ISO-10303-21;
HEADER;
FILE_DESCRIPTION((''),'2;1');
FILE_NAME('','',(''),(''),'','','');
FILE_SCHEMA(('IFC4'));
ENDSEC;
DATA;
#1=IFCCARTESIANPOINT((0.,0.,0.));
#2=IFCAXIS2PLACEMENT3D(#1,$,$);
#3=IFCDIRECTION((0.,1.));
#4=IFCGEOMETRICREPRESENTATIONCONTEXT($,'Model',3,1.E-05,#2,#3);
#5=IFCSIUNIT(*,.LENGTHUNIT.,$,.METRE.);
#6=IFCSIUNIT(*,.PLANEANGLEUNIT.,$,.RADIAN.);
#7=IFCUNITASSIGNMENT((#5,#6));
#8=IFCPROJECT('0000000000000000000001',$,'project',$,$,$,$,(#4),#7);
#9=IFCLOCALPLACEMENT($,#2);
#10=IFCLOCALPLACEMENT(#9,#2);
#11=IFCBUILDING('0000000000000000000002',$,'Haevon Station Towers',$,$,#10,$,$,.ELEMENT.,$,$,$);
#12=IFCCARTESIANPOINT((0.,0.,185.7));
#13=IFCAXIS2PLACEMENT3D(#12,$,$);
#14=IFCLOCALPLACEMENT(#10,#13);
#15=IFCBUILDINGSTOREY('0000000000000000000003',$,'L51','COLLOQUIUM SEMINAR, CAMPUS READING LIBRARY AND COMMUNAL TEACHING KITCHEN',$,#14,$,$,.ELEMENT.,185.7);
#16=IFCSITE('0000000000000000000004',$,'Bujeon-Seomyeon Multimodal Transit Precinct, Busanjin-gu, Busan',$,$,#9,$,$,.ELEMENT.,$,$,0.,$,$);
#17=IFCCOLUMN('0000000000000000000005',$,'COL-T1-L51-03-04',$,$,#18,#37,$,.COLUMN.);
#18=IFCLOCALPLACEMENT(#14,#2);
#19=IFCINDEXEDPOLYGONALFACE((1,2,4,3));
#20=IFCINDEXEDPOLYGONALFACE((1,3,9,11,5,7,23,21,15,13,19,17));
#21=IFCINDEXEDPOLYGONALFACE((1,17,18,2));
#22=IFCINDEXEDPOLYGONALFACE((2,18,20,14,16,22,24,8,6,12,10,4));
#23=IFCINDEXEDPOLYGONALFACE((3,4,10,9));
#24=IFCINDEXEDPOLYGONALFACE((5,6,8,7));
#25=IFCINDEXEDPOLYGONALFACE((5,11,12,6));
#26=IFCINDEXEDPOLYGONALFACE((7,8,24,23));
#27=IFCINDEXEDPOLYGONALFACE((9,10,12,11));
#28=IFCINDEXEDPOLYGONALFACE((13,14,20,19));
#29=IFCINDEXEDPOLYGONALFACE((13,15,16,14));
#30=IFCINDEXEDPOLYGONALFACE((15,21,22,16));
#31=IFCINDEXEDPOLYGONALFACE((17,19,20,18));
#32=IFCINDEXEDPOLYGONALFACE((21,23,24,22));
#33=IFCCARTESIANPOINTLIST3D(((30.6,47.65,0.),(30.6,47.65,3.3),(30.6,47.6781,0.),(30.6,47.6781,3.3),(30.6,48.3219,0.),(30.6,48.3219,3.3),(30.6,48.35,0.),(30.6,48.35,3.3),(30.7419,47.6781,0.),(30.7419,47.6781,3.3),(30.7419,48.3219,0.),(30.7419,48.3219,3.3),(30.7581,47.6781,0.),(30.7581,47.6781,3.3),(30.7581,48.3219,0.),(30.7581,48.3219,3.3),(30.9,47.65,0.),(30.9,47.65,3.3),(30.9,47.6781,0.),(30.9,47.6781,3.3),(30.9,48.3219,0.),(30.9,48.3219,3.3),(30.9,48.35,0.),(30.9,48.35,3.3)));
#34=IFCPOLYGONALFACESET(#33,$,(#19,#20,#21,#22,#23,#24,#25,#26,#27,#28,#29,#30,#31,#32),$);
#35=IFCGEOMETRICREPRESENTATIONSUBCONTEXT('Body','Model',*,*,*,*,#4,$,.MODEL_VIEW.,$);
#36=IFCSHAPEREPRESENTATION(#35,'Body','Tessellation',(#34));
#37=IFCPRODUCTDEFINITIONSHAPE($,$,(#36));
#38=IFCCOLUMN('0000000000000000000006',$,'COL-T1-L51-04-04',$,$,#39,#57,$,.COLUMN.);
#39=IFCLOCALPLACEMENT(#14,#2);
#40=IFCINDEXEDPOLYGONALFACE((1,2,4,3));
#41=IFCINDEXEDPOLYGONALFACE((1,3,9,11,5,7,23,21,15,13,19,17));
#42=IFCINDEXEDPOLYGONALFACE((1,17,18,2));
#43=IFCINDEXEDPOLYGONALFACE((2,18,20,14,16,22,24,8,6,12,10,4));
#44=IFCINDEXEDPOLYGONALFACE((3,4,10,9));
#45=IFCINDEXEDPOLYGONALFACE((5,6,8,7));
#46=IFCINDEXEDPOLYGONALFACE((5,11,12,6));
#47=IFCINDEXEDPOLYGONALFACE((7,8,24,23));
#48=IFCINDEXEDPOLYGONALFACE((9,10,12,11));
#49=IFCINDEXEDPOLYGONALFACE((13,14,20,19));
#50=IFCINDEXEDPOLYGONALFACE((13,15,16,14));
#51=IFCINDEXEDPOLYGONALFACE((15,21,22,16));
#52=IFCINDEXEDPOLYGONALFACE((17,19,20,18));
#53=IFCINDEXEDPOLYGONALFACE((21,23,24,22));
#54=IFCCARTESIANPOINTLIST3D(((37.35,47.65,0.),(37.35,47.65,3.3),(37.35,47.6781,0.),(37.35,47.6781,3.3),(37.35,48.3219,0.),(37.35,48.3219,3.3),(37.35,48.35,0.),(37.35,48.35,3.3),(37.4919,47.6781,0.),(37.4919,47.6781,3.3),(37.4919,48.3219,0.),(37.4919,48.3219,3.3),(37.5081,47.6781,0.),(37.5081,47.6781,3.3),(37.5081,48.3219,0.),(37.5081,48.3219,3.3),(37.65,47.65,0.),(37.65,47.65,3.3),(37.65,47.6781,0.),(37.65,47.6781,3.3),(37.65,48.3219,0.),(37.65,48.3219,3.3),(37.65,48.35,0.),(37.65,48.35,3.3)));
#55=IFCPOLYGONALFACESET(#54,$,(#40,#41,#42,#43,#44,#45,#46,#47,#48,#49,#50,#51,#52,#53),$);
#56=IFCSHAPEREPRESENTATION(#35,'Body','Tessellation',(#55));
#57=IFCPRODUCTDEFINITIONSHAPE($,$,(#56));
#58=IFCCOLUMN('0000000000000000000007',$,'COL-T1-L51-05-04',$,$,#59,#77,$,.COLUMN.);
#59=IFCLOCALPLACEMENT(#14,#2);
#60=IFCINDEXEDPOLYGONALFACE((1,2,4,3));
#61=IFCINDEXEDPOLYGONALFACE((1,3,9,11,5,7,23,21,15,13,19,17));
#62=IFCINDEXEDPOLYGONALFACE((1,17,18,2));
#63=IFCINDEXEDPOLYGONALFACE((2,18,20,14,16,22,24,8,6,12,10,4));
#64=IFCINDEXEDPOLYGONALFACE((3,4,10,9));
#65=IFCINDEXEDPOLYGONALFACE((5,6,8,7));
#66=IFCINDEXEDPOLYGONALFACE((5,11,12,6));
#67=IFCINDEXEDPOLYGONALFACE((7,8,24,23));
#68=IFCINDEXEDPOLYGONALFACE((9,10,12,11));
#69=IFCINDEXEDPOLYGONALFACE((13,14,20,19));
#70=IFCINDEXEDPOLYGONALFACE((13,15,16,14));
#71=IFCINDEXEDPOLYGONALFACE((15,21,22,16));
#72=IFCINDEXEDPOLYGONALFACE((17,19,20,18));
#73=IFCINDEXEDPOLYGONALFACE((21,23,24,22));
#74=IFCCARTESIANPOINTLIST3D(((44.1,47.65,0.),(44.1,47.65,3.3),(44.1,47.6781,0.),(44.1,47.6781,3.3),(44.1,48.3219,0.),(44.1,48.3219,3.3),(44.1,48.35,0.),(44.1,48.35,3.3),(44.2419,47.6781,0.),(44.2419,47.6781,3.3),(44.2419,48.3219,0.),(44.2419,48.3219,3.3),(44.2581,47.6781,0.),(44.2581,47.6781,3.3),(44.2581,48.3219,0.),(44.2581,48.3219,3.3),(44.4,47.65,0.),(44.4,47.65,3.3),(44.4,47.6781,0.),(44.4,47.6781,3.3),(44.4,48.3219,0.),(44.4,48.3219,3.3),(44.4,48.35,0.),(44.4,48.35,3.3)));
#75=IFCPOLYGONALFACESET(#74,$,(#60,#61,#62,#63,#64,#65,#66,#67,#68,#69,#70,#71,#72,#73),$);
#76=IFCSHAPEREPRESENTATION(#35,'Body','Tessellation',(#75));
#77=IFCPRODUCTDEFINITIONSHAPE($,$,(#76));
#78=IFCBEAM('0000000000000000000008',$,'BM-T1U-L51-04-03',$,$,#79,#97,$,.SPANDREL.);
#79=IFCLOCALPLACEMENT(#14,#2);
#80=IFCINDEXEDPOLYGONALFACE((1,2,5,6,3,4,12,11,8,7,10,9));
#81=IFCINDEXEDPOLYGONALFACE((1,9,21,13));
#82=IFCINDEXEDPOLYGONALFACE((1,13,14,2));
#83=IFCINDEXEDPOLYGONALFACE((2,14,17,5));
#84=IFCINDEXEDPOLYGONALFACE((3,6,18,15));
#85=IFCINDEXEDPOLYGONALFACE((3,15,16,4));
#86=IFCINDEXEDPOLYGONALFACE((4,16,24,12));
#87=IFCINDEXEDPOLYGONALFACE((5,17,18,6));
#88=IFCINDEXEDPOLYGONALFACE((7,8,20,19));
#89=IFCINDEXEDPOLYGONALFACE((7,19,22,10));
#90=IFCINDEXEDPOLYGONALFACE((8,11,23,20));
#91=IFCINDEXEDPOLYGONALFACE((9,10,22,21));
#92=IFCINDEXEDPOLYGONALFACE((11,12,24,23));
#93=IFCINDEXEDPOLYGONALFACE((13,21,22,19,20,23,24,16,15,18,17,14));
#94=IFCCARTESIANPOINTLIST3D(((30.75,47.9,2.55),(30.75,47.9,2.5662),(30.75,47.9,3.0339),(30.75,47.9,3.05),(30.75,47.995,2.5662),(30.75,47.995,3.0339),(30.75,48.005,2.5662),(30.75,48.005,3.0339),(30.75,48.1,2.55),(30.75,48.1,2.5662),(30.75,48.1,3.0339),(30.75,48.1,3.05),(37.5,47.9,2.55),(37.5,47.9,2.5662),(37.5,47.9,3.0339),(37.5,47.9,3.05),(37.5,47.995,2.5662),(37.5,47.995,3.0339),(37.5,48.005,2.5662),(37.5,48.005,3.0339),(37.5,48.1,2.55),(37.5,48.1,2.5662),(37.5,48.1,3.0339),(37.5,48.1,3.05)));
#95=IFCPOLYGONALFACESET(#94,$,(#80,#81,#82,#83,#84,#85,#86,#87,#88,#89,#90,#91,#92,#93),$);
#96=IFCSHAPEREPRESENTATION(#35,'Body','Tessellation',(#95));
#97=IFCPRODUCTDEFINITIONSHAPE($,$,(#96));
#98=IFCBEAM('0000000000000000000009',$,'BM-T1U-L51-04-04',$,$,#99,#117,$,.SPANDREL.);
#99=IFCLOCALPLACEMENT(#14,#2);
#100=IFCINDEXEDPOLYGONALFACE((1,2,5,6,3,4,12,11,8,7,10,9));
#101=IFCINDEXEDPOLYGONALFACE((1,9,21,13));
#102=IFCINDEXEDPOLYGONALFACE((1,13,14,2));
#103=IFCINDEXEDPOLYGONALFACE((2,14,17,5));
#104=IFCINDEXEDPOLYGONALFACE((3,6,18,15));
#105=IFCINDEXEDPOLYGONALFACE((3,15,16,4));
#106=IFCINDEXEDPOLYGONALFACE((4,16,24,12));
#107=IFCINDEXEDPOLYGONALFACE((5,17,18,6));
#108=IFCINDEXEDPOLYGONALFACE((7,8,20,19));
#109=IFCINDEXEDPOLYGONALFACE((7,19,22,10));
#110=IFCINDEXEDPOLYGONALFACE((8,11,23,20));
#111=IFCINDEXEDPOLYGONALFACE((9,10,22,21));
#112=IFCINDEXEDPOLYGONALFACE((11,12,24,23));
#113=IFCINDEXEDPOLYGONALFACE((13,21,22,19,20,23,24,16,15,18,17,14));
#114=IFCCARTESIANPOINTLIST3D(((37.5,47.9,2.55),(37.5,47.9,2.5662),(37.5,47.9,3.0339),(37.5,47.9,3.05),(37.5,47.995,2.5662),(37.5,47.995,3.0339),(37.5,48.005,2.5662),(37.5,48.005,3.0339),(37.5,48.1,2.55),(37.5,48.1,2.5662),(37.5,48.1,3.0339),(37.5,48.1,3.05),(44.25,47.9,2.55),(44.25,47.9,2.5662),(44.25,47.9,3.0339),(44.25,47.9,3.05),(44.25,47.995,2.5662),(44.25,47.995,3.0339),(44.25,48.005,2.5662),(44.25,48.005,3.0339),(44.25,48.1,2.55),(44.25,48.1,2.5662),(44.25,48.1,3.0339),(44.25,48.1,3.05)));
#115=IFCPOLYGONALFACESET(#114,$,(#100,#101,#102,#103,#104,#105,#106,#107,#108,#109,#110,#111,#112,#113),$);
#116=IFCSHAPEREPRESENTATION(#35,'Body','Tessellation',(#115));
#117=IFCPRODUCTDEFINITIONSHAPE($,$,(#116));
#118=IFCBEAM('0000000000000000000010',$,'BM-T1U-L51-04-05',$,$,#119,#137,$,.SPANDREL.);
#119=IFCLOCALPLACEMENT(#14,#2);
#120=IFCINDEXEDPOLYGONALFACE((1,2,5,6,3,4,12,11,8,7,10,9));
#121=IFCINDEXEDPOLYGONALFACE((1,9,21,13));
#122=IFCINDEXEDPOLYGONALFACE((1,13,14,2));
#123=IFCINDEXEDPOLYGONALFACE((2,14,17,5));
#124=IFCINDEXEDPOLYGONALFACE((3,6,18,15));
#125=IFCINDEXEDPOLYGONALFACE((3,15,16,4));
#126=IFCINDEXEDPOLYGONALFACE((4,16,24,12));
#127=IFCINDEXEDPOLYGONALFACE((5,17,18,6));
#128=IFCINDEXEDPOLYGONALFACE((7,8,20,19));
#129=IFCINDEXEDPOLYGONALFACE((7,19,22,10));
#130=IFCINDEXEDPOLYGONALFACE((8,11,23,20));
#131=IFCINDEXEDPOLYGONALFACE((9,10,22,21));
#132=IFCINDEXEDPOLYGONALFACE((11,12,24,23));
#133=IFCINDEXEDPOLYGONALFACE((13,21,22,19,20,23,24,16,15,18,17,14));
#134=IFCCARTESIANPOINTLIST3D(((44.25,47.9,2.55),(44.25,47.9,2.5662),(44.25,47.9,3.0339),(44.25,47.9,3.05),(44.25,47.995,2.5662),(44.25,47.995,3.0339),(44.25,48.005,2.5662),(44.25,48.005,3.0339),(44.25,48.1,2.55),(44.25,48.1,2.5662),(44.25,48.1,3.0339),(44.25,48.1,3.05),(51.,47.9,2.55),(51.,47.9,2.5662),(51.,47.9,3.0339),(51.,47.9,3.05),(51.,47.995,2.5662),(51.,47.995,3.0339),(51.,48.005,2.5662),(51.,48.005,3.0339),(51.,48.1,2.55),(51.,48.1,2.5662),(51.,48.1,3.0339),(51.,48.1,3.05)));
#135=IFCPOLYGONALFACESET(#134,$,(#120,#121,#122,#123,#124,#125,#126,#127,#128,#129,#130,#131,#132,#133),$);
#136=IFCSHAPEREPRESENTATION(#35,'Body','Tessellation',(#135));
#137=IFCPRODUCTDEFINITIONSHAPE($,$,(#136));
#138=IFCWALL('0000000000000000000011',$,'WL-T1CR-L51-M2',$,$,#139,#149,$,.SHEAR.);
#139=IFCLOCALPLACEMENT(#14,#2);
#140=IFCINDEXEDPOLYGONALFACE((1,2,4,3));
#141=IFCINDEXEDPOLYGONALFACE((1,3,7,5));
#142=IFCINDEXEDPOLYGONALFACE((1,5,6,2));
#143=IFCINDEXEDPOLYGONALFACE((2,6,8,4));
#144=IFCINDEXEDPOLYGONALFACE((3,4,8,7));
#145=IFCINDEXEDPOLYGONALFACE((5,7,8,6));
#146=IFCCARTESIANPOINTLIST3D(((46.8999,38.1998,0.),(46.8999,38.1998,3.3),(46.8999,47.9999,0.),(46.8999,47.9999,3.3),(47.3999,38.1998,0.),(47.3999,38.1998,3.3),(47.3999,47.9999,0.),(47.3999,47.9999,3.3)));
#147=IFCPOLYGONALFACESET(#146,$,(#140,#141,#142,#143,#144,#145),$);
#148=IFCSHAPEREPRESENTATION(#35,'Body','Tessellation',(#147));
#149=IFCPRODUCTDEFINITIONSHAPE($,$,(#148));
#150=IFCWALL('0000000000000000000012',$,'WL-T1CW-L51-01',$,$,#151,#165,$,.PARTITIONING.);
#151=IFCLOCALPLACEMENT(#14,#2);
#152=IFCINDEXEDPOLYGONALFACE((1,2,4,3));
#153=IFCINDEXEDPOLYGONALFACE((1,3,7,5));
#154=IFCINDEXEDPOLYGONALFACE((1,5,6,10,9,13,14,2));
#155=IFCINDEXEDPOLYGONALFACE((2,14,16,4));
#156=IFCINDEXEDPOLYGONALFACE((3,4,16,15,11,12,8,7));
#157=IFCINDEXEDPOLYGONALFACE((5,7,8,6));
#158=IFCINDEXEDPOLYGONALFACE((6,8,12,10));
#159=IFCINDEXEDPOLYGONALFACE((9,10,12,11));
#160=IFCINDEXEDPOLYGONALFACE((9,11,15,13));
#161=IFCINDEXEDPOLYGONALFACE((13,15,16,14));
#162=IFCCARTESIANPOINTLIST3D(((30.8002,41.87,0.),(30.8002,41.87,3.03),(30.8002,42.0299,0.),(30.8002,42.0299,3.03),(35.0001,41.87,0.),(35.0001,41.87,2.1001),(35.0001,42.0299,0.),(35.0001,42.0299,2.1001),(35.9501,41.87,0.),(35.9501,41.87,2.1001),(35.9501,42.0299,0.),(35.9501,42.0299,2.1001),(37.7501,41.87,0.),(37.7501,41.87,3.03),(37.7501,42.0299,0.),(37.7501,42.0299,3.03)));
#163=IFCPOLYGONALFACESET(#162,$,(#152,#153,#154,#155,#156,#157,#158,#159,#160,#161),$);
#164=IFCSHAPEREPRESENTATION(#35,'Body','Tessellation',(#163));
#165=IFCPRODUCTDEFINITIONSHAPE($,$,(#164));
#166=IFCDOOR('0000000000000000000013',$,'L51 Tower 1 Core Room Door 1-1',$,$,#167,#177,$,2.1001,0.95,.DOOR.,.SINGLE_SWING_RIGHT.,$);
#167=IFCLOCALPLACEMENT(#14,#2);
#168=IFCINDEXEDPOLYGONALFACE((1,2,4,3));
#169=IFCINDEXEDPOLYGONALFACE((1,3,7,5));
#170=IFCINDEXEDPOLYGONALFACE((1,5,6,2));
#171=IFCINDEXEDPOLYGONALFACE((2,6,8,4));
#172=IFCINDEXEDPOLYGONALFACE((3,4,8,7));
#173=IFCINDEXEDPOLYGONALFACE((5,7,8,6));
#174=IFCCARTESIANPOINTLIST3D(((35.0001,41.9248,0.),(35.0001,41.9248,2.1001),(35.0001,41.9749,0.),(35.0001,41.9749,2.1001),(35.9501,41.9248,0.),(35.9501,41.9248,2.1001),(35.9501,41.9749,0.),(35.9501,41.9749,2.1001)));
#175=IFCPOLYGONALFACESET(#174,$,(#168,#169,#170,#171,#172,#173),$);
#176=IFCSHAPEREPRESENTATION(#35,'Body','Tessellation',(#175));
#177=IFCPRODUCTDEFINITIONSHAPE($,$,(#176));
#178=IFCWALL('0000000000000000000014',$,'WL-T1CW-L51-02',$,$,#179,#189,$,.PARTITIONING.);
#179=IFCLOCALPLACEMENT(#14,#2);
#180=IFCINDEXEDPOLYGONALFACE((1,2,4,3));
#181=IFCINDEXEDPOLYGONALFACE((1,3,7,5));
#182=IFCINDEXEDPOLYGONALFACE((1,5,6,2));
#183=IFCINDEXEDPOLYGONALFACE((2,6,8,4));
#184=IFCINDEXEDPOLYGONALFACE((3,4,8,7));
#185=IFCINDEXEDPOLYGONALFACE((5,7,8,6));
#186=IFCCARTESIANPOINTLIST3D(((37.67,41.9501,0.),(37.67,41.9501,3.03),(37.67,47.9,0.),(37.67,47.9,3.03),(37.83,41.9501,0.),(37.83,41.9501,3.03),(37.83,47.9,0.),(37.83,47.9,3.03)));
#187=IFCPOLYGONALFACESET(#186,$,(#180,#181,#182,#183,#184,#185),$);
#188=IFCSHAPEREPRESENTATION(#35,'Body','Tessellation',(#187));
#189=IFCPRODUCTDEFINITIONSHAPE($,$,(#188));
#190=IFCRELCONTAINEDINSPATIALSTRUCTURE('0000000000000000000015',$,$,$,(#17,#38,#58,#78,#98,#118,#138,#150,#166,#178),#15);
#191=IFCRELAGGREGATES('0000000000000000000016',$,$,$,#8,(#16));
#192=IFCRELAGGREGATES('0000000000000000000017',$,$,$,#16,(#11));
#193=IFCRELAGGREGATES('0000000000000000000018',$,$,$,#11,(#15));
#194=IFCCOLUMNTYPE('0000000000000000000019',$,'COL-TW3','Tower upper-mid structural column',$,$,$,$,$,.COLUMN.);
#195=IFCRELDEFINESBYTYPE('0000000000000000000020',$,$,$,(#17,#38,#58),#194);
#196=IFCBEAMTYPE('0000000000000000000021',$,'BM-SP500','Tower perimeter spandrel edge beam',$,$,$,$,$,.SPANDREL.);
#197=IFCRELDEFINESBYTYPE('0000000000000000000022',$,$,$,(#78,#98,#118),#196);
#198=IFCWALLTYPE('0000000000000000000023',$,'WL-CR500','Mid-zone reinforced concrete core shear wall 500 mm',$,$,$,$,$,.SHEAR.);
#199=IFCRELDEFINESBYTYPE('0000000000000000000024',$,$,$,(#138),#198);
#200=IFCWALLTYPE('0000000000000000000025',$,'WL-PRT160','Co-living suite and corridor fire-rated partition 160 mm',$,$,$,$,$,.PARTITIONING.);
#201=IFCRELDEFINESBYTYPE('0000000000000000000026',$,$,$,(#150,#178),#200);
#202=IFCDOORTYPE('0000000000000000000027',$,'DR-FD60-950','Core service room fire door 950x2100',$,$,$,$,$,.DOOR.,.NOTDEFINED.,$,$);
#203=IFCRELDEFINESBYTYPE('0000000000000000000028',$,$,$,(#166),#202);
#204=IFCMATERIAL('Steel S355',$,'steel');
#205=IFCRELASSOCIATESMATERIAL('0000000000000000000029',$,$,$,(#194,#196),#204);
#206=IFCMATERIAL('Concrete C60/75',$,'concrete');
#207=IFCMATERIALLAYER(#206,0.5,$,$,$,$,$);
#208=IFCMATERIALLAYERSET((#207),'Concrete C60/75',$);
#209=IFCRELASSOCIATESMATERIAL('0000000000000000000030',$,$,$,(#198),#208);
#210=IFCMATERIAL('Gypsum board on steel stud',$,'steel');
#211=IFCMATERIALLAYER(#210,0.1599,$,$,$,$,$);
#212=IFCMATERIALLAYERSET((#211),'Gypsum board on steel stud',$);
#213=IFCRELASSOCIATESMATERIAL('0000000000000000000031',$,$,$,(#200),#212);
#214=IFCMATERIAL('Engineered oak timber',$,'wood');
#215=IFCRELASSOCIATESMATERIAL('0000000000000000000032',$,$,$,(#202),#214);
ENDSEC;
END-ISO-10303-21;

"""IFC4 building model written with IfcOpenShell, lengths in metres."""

from ifc_helpers import new_model, si_unit, direction, frame, frame_2d, origin, origin_2d, place, context, subcontext, project, spatial, rectangle, i_section, extrude, material, layer, layer_set, material_profile, profile_set, type_object, element, fill, save


model = new_model("IFC4")

# Units and contexts
model_context = context("Model", 3, precision=1e-05, world=origin(), true_north=direction((0.0, 1.0)))
body_context = subcontext(model_context, "Body", "Model", "MODEL_VIEW")
ifc_project = project(units=[si_unit("LENGTHUNIT", "METRE"), si_unit("PLANEANGLEUNIT", "RADIAN")], contexts=[model_context])

# Site, building, storey
site_placement = place(None, origin())
site = spatial("IfcSite", under=ifc_project, at=site_placement, Name="Bujeon-Seomyeon Multimodal Transit Precinct, Busanjin-gu, Busan", CompositionType="ELEMENT", RefElevation=0.0)
building_placement = place(site_placement, origin())
building = spatial("IfcBuilding", under=site, at=building_placement, Name="Haevon Station Towers", CompositionType="ELEMENT")
storey_placement = place(building_placement, frame((0.0, 0.0, 185.7)))
storey = spatial("IfcBuildingStorey", under=building, at=storey_placement, Name="L51", Description="COLLOQUIUM SEMINAR, CAMPUS READING LIBRARY AND COMMUNAL TEACHING KITCHEN", CompositionType="ELEMENT", Elevation=185.7)

# Columns
ifc_material_1 = material(Name="Steel S355", Category="steel")
ifc_material_profile_1 = material_profile(ifc_material_1, i_section(OverallWidth=0.3, OverallDepth=0.7, WebThickness=0.0161, FlangeThickness=0.0281, at=origin_2d()), Name="H-700x300x16x28")
ifc_profile_set_1 = profile_set([ifc_material_profile_1], Name="Steel S355")
column_type = type_object("IfcColumnType", Name="COL-TW3", Description="Tower upper-mid structural column", PredefinedType="COLUMN", material=ifc_profile_set_1)
for number, where, z_axis, x_axis, name in (
    (1, (30.75, 48.0, 0.0), (0.0, 0.0, 1.0), (1.0, 0.0, 0.0), "COL-T1-L51-03-04"),
    (2, (37.5, 48.0, 0.0), (0.0, 0.0, 1.0), (1.0, 0.0, 0.0), "COL-T1-L51-04-04"),
    (3, (44.25, 48.0, 0.0), (0.0, 0.0, 1.0), (1.0, 0.0, 0.0), "COL-T1-L51-05-04"),
):
    element("IfcColumn", number, at=place(storey_placement, frame(where, z_axis=z_axis, x_axis=x_axis)), inside=storey, type_object=column_type, Name=name, PredefinedType="COLUMN", context=body_context, shape_type="SweptSolid", body=[
        extrude(i_section(OverallWidth=0.3, OverallDepth=0.7, WebThickness=0.0161, FlangeThickness=0.0281, at=origin_2d()), origin(), (0.0, 0.0, 1.0), 3.3),
    ])

# Beams
ifc_material_profile_2 = material_profile(ifc_material_1, i_section(OverallWidth=0.2, OverallDepth=0.5, WebThickness=0.01, FlangeThickness=0.0161, at=origin_2d()), Name="H-500x200x10x16")
ifc_profile_set_2 = profile_set([ifc_material_profile_2], Name="Steel S355")
beam_type = type_object("IfcBeamType", Name="BM-SP500", Description="Tower perimeter spandrel edge beam", PredefinedType="SPANDREL", material=ifc_profile_set_2)
for number, where, z_axis, x_axis, name in (
    (4, (30.75, 48.0, 2.8), (1.0, 0.0, 0.0), (0.0, 1.0, 0.0), "BM-T1U-L51-04-03"),
    (5, (37.5, 48.0, 2.8), (1.0, 0.0, 0.0), (0.0, 1.0, 0.0), "BM-T1U-L51-04-04"),
    (6, (44.25, 48.0, 2.8), (1.0, 0.0, 0.0), (0.0, 1.0, 0.0), "BM-T1U-L51-04-05"),
):
    element("IfcBeam", number, at=place(storey_placement, frame(where, z_axis=z_axis, x_axis=x_axis)), inside=storey, type_object=beam_type, Name=name, PredefinedType="SPANDREL", context=body_context, shape_type="SweptSolid", body=[
        extrude(i_section(OverallWidth=0.2, OverallDepth=0.5, WebThickness=0.01, FlangeThickness=0.0161, at=origin_2d()), origin(), (0.0, 0.0, 1.0), 6.75),
    ])

# Wall
ifc_material_2 = material(Name="Concrete C60/75", Category="concrete")
ifc_layer_1 = layer(ifc_material_2, 0.5)
ifc_layer_set_1 = layer_set([ifc_layer_1], Name="Concrete C60/75")
wall_type_1 = type_object("IfcWallType", Name="WL-CR500", Description="Mid-zone reinforced concrete core shear wall 500 mm", PredefinedType="SHEAR", material=ifc_layer_set_1)
wall_1_placement = place(storey_placement, frame((47.1499, 38.2, 0.0), z_axis=(0.0, 0.0, 1.0), x_axis=(0.0, 1.0, 0.0)))
element("IfcWall", 7, at=wall_1_placement, inside=storey, type_object=wall_type_1, Name="WL-T1CR-L51-M2", PredefinedType="SHEAR", context=body_context, shape_type="SweptSolid", body=[
    extrude(rectangle(XDim=9.8, YDim=0.5, at=frame_2d((4.8999, 0.0))), origin(), (0.0, 0.0, 1.0), 3.3),
])

# Wall, opening, door
ifc_material_3 = material(Name="Gypsum board on steel stud", Category="steel")
ifc_layer_2 = layer(ifc_material_3, 0.1599)
ifc_layer_set_2 = layer_set([ifc_layer_2], Name="Gypsum board on steel stud")
wall_type_2 = type_object("IfcWallType", Name="WL-PRT160", Description="Co-living suite and corridor fire-rated partition 160 mm", PredefinedType="PARTITIONING", material=ifc_layer_set_2)
wall_2_placement = place(storey_placement, frame((30.8, 41.95, 0.0), z_axis=(0.0, 0.0, 1.0), x_axis=(1.0, 0.0, 0.0)))
wall_2 = element("IfcWall", 8, at=wall_2_placement, inside=storey, type_object=wall_type_2, Name="WL-T1CW-L51-01", PredefinedType="PARTITIONING", context=body_context, shape_type="SweptSolid", body=[
    extrude(rectangle(XDim=6.95, YDim=0.1599, at=frame_2d((3.4751, 0.0))), origin(), (0.0, 0.0, 1.0), 3.03),
])
opening_1_placement = place(wall_2_placement, frame((4.2, 0.0, 0.0)))
opening_1 = element("IfcOpeningElement", 9, at=opening_1_placement, cuts=wall_2, PredefinedType="OPENING", context=body_context, shape_type="SweptSolid", body=[
    extrude(rectangle(XDim=0.95, YDim=2.1001, at=frame_2d((0.4751, 1.05))), frame((0.0, 0.0898, 0.0), z_axis=(0.0, -1.0, 0.0), x_axis=(1.0, 0.0, 0.0)), (0.0, 0.0, 1.0), 0.1799),
])
ifc_material_4 = material(Name="Engineered oak timber", Category="wood")
door_type_1 = type_object("IfcDoorType", Name="DR-FD60-950", Description="Core service room fire door 950x2100", OperationType="NOTDEFINED", PredefinedType="DOOR", material=ifc_material_4)
door_1_placement = place(opening_1_placement, origin())
door_1 = element("IfcDoor", 10, at=door_1_placement, inside=storey, type_object=door_type_1, Name="L51 Tower 1 Core Room Door 1-1", OperationType="SINGLE_SWING_RIGHT", OverallHeight=2.1001, OverallWidth=0.95, PredefinedType="DOOR", context=body_context, shape_type="SweptSolid", body=[
    extrude(rectangle(XDim=0.95, YDim=2.1001, at=frame_2d((0.4751, 1.05))), frame((0.0, 0.0249, 0.0), z_axis=(0.0, -1.0, 0.0), x_axis=(1.0, 0.0, 0.0)), (0.0, 0.0, 1.0), 0.05),
])
fill(opening_1, door_1)

# Wall
wall_3_placement = place(storey_placement, frame((37.75, 41.95, 0.0), z_axis=(0.0, 0.0, 1.0), x_axis=(0.0, 1.0, 0.0)))
element("IfcWall", 11, at=wall_3_placement, inside=storey, type_object=wall_type_2, Name="WL-T1CW-L51-02", PredefinedType="PARTITIONING", context=body_context, shape_type="SweptSolid", body=[
    extrude(rectangle(XDim=5.95, YDim=0.1599, at=frame_2d((2.9751, 0.0))), origin(), (0.0, 0.0, 1.0), 3.03),
])

save(model, "model.ifc")
